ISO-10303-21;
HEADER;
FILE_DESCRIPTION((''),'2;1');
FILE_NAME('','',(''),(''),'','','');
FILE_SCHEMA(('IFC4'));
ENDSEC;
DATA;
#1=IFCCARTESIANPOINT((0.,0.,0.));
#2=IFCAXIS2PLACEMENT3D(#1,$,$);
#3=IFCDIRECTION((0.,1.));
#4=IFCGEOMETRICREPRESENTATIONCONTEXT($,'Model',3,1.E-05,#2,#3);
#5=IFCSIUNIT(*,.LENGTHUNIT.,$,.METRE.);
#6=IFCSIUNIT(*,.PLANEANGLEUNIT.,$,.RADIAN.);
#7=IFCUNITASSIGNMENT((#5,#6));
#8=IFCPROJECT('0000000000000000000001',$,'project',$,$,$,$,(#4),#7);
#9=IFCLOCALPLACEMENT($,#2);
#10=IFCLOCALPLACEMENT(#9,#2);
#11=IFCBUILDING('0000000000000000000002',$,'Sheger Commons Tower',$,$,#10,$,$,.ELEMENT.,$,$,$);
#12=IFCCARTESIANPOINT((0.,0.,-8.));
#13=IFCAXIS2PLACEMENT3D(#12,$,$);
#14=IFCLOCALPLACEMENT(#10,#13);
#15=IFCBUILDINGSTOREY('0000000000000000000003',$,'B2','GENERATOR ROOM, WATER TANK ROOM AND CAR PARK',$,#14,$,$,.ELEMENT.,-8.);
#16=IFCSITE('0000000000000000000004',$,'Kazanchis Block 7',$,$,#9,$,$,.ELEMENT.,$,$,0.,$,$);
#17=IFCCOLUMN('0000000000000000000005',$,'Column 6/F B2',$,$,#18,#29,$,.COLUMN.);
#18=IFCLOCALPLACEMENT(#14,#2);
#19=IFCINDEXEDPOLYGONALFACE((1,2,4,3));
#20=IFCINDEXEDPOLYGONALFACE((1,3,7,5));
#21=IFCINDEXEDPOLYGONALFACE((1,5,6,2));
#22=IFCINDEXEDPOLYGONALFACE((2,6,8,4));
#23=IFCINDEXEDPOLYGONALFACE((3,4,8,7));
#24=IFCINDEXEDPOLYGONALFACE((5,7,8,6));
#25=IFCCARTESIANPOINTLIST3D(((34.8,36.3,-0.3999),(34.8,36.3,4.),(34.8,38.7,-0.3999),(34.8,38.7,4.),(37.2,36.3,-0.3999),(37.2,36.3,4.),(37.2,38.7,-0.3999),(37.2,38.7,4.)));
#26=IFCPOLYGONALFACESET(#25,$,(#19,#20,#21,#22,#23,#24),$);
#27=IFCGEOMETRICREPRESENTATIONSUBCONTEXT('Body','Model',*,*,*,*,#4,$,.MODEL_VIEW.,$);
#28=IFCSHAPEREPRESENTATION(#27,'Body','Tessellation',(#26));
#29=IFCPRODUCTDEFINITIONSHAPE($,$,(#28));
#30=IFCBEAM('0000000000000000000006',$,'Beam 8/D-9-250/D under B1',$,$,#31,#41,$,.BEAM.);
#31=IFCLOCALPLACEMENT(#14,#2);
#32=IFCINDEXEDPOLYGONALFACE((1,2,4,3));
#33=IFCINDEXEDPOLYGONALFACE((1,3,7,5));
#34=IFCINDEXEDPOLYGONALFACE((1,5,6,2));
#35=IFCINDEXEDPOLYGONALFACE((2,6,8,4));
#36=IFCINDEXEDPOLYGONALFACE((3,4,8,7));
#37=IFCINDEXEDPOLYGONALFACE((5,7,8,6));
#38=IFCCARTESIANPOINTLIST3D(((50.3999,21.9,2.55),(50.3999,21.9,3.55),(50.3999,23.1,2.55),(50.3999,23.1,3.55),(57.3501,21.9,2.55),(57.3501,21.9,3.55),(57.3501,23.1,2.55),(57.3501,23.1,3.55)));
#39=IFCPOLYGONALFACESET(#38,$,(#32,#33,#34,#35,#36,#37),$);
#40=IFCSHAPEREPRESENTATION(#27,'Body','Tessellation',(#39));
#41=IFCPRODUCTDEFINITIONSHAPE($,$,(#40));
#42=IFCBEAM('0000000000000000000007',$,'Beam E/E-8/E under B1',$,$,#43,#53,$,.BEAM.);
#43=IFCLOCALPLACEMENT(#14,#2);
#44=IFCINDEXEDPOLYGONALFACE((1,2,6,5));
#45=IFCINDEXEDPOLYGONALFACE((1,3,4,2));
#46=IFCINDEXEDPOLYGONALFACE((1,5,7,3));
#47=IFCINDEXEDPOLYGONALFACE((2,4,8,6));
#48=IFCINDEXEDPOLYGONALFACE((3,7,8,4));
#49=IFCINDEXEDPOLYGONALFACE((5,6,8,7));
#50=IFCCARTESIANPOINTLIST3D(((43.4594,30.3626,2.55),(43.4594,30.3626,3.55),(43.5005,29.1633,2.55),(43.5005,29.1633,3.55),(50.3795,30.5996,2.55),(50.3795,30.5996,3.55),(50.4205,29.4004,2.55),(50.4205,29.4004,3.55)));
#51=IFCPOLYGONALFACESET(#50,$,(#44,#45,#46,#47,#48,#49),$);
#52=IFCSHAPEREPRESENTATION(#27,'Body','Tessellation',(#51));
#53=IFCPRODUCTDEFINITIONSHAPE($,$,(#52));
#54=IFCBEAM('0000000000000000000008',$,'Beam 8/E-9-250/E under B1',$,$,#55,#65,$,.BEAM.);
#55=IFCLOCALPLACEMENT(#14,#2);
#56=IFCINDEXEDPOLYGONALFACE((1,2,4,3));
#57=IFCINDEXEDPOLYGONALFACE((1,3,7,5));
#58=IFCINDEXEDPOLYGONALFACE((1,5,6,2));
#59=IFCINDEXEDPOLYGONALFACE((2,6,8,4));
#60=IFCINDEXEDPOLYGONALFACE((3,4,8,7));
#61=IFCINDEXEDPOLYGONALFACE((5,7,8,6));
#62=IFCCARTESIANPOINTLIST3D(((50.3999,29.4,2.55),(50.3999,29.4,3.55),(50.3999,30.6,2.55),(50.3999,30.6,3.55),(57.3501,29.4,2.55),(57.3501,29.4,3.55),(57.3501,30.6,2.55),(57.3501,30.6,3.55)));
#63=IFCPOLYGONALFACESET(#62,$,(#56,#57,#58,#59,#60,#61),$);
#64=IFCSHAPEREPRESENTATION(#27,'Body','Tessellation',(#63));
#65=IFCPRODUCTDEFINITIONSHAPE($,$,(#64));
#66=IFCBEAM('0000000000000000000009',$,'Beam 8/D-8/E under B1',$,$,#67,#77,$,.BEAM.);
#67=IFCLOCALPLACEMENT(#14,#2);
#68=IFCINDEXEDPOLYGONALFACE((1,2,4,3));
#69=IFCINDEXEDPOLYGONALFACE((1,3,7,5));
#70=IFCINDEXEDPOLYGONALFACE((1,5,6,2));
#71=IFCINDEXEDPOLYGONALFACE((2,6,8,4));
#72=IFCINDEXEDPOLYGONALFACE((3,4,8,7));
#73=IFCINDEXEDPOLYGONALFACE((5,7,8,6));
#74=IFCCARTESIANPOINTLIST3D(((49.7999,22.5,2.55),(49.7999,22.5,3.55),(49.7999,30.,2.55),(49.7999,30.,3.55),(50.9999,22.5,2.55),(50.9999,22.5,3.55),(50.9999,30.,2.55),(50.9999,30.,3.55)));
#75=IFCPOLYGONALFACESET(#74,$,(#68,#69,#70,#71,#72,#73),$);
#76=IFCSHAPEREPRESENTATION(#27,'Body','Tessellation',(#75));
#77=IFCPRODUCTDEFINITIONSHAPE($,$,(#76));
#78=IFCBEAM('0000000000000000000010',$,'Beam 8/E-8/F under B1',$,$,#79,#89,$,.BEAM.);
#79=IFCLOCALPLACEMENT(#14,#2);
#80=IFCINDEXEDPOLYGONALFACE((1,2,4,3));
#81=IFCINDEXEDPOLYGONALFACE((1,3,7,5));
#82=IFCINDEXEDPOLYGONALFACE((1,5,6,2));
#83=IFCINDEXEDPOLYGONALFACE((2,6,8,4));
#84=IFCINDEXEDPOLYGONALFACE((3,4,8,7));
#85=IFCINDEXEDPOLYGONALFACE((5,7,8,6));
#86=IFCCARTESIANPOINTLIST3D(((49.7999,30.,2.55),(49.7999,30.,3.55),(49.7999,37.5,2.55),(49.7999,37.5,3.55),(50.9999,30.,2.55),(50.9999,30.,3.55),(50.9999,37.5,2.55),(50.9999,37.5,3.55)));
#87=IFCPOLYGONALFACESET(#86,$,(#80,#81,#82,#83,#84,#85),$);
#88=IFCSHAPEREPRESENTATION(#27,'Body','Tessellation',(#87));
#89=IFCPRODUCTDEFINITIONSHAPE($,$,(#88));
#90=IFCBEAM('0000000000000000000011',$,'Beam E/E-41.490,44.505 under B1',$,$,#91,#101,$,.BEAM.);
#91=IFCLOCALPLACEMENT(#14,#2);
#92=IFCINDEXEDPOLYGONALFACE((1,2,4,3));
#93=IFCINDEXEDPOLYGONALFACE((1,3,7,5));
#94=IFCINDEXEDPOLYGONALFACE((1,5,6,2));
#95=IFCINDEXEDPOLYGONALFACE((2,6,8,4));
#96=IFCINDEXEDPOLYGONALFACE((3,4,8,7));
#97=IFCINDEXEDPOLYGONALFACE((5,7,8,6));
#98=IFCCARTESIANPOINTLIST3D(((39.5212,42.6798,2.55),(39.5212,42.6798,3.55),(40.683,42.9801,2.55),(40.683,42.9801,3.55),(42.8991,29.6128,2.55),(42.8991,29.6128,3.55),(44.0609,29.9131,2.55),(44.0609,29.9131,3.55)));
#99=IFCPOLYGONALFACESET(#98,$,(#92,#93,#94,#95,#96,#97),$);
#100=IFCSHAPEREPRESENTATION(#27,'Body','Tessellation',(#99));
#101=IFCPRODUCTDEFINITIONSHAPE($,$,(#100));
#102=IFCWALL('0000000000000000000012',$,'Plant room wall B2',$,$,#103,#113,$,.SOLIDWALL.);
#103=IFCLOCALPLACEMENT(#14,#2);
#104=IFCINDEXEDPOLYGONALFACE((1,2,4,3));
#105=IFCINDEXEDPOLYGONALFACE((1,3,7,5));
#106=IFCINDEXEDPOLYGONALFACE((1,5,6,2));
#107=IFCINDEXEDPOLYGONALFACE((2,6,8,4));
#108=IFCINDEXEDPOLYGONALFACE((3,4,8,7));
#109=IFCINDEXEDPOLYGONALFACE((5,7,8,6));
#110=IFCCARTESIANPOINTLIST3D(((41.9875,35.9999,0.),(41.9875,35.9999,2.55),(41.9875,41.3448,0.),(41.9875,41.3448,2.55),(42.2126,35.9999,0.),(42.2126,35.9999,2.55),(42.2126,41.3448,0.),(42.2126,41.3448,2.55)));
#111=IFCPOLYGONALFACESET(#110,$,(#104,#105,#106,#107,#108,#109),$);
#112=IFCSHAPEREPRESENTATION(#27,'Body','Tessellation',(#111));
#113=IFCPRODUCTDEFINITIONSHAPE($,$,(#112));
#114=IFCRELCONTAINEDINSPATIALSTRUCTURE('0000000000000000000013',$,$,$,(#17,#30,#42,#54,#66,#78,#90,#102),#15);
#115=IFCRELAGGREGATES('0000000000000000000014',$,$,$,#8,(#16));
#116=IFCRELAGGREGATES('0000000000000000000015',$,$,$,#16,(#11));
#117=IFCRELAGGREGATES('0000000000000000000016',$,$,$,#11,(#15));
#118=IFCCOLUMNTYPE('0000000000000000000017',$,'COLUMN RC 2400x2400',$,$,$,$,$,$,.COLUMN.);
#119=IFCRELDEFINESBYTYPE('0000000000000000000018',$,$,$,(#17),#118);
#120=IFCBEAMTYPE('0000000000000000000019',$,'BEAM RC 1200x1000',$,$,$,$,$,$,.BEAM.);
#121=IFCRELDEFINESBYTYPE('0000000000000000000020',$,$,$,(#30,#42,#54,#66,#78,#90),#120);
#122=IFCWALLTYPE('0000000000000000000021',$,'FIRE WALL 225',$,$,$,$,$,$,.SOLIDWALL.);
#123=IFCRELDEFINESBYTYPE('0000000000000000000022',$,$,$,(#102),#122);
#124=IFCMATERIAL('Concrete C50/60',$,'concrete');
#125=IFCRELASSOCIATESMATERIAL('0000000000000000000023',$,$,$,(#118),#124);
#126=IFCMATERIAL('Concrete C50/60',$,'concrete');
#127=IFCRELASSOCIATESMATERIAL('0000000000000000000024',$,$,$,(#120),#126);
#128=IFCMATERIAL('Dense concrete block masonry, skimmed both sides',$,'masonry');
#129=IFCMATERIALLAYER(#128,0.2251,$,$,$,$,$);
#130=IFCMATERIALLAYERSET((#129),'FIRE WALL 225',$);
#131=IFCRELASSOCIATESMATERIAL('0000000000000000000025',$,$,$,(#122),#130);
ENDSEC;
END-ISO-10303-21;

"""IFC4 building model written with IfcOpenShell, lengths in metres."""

from ifc_helpers import new_model, si_unit, direction, frame, frame_2d, origin, origin_2d, place, context, subcontext, project, spatial, rectangle, extrude, material, layer, layer_set, material_profile, profile_set, type_object, element, save


model = new_model("IFC4")

# Units and contexts
model_context = context("Model", 3, precision=1e-05, world=origin(), true_north=direction((0.0, 1.0)))
body_context = subcontext(model_context, "Body", "Model", "MODEL_VIEW")
ifc_project = project(units=[si_unit("LENGTHUNIT", "METRE"), si_unit("PLANEANGLEUNIT", "RADIAN")], contexts=[model_context])

# Site, building, storey
site_placement = place(None, origin())
site = spatial("IfcSite", under=ifc_project, at=site_placement, Name="Kazanchis Block 7", CompositionType="ELEMENT", RefElevation=0.0)
building_placement = place(site_placement, origin())
building = spatial("IfcBuilding", under=site, at=building_placement, Name="Sheger Commons Tower", CompositionType="ELEMENT")
storey_placement = place(building_placement, frame((0.0, 0.0, -8.0)))
storey = spatial("IfcBuildingStorey", under=building, at=storey_placement, Name="B2", Description="GENERATOR ROOM, WATER TANK ROOM AND CAR PARK", CompositionType="ELEMENT", Elevation=-8.0)

# Column
ifc_material_1 = material(Name="Concrete C50/60", Category="concrete")
ifc_material_profile_1 = material_profile(ifc_material_1, rectangle(XDim=2.3999, YDim=2.3999, at=origin_2d()), Name="RC 2400x2400")
ifc_profile_set_1 = profile_set([ifc_material_profile_1], Name="Concrete C50/60")
column_type_1 = type_object("IfcColumnType", Name="COLUMN RC 2400x2400", PredefinedType="COLUMN", material=ifc_profile_set_1)
for number, where, z_axis, x_axis, name in (
    (1, (36.0, 37.5, -0.3999), (0.0, 0.0, 1.0), (1.0, 0.0, 0.0), "Column 6/F B2"),
):
    element("IfcColumn", number, at=place(storey_placement, frame(where, z_axis=z_axis, x_axis=x_axis)), inside=storey, type_object=column_type_1, Name=name, PredefinedType="COLUMN", context=body_context, shape_type="SweptSolid", body=[
        extrude(rectangle(XDim=2.3999, YDim=2.3999, at=origin_2d()), origin(), (0.0, 0.0, 1.0), 4.3999),
    ])

# Beams
ifc_material_2 = material(Name="Concrete C50/60", Category="concrete")
ifc_material_profile_2 = material_profile(ifc_material_2, rectangle(XDim=1.2, YDim=1.0, at=origin_2d()), Name="RC 1200x1000")
ifc_profile_set_2 = profile_set([ifc_material_profile_2], Name="Concrete C50/60")
beam_type = type_object("IfcBeamType", Name="BEAM RC 1200x1000", PredefinedType="BEAM", material=ifc_profile_set_2)
beam_1_placement = place(storey_placement, frame((50.3999, 22.5, 3.05), z_axis=(1.0, 0.0, 0.0), x_axis=(0.0, 1.0, 0.0)))
element("IfcBeam", 2, at=beam_1_placement, inside=storey, type_object=beam_type, Name="Beam 8/D-9-250/D under B1", PredefinedType="BEAM", context=body_context, shape_type="SweptSolid", body=[
    extrude(rectangle(XDim=1.2, YDim=1.0, at=origin_2d()), origin(), (0.0, 0.0, 1.0), 6.9502),
])
beam_2_placement = place(storey_placement, frame((43.48, 29.7629, 3.05), z_axis=(0.999414, 0.034238, 0.0), x_axis=(-0.034238, 0.999414, 0.0)))
element("IfcBeam", 3, at=beam_2_placement, inside=storey, type_object=beam_type, Name="Beam E/E-8/E under B1", PredefinedType="BEAM", context=body_context, shape_type="SweptSolid", body=[
    extrude(rectangle(XDim=1.2, YDim=1.0, at=origin_2d()), origin(), (0.0, 0.0, 1.0), 6.9241),
])
beam_3_placement = place(storey_placement, frame((50.3999, 30.0, 3.05), z_axis=(1.0, 0.0, 0.0), x_axis=(0.0, 1.0, 0.0)))
element("IfcBeam", 4, at=beam_3_placement, inside=storey, type_object=beam_type, Name="Beam 8/E-9-250/E under B1", PredefinedType="BEAM", context=body_context, shape_type="SweptSolid", body=[
    extrude(rectangle(XDim=1.2, YDim=1.0, at=origin_2d()), origin(), (0.0, 0.0, 1.0), 6.9502),
])
for number, where, z_axis, x_axis, name in (
    (5, (50.3999, 22.5, 3.05), (0.0, 1.0, 0.0), (-1.0, 0.0, 0.0), "Beam 8/D-8/E under B1"),
    (6, (50.3999, 30.0, 3.05), (0.0, 1.0, 0.0), (-1.0, 0.0, 0.0), "Beam 8/E-8/F under B1"),
):
    element("IfcBeam", number, at=place(storey_placement, frame(where, z_axis=z_axis, x_axis=x_axis)), inside=storey, type_object=beam_type, Name=name, PredefinedType="BEAM", context=body_context, shape_type="SweptSolid", body=[
        extrude(rectangle(XDim=1.2, YDim=1.0, at=origin_2d()), origin(), (0.0, 0.0, 1.0), 7.5),
    ])
beam_4_placement = place(storey_placement, frame((43.48, 29.7629, 3.05), z_axis=(-0.250278, 0.968174, 0.0), x_axis=(-0.968174, -0.250278, 0.0)))
element("IfcBeam", 7, at=beam_4_placement, inside=storey, type_object=beam_type, Name="Beam E/E-41.490,44.505 under B1", PredefinedType="BEAM", context=body_context, shape_type="SweptSolid", body=[
    extrude(rectangle(XDim=1.2, YDim=1.0, at=origin_2d()), origin(), (0.0, 0.0, 1.0), 13.4966),
])

# Wall
ifc_material_3 = material(Name="Dense concrete block masonry, skimmed both sides", Category="masonry")
ifc_layer = layer(ifc_material_3, 0.2251)
ifc_layer_set = layer_set([ifc_layer], Name="FIRE WALL 225")
wall_type = type_object("IfcWallType", Name="FIRE WALL 225", PredefinedType="SOLIDWALL", material=ifc_layer_set)
wall_placement = place(storey_placement, frame((42.1001, 36.0, 0.0), z_axis=(0.0, 0.0, 1.0), x_axis=(0.0, 1.0, 0.0)))
element("IfcWall", 8, at=wall_placement, inside=storey, type_object=wall_type, Name="Plant room wall B2", PredefinedType="SOLIDWALL", context=body_context, shape_type="SweptSolid", body=[
    extrude(rectangle(XDim=5.345, YDim=0.2251, at=frame_2d((2.6724, 0.0))), origin(), (0.0, 0.0, 1.0), 2.55),
])

save(model, "model.ifc")
